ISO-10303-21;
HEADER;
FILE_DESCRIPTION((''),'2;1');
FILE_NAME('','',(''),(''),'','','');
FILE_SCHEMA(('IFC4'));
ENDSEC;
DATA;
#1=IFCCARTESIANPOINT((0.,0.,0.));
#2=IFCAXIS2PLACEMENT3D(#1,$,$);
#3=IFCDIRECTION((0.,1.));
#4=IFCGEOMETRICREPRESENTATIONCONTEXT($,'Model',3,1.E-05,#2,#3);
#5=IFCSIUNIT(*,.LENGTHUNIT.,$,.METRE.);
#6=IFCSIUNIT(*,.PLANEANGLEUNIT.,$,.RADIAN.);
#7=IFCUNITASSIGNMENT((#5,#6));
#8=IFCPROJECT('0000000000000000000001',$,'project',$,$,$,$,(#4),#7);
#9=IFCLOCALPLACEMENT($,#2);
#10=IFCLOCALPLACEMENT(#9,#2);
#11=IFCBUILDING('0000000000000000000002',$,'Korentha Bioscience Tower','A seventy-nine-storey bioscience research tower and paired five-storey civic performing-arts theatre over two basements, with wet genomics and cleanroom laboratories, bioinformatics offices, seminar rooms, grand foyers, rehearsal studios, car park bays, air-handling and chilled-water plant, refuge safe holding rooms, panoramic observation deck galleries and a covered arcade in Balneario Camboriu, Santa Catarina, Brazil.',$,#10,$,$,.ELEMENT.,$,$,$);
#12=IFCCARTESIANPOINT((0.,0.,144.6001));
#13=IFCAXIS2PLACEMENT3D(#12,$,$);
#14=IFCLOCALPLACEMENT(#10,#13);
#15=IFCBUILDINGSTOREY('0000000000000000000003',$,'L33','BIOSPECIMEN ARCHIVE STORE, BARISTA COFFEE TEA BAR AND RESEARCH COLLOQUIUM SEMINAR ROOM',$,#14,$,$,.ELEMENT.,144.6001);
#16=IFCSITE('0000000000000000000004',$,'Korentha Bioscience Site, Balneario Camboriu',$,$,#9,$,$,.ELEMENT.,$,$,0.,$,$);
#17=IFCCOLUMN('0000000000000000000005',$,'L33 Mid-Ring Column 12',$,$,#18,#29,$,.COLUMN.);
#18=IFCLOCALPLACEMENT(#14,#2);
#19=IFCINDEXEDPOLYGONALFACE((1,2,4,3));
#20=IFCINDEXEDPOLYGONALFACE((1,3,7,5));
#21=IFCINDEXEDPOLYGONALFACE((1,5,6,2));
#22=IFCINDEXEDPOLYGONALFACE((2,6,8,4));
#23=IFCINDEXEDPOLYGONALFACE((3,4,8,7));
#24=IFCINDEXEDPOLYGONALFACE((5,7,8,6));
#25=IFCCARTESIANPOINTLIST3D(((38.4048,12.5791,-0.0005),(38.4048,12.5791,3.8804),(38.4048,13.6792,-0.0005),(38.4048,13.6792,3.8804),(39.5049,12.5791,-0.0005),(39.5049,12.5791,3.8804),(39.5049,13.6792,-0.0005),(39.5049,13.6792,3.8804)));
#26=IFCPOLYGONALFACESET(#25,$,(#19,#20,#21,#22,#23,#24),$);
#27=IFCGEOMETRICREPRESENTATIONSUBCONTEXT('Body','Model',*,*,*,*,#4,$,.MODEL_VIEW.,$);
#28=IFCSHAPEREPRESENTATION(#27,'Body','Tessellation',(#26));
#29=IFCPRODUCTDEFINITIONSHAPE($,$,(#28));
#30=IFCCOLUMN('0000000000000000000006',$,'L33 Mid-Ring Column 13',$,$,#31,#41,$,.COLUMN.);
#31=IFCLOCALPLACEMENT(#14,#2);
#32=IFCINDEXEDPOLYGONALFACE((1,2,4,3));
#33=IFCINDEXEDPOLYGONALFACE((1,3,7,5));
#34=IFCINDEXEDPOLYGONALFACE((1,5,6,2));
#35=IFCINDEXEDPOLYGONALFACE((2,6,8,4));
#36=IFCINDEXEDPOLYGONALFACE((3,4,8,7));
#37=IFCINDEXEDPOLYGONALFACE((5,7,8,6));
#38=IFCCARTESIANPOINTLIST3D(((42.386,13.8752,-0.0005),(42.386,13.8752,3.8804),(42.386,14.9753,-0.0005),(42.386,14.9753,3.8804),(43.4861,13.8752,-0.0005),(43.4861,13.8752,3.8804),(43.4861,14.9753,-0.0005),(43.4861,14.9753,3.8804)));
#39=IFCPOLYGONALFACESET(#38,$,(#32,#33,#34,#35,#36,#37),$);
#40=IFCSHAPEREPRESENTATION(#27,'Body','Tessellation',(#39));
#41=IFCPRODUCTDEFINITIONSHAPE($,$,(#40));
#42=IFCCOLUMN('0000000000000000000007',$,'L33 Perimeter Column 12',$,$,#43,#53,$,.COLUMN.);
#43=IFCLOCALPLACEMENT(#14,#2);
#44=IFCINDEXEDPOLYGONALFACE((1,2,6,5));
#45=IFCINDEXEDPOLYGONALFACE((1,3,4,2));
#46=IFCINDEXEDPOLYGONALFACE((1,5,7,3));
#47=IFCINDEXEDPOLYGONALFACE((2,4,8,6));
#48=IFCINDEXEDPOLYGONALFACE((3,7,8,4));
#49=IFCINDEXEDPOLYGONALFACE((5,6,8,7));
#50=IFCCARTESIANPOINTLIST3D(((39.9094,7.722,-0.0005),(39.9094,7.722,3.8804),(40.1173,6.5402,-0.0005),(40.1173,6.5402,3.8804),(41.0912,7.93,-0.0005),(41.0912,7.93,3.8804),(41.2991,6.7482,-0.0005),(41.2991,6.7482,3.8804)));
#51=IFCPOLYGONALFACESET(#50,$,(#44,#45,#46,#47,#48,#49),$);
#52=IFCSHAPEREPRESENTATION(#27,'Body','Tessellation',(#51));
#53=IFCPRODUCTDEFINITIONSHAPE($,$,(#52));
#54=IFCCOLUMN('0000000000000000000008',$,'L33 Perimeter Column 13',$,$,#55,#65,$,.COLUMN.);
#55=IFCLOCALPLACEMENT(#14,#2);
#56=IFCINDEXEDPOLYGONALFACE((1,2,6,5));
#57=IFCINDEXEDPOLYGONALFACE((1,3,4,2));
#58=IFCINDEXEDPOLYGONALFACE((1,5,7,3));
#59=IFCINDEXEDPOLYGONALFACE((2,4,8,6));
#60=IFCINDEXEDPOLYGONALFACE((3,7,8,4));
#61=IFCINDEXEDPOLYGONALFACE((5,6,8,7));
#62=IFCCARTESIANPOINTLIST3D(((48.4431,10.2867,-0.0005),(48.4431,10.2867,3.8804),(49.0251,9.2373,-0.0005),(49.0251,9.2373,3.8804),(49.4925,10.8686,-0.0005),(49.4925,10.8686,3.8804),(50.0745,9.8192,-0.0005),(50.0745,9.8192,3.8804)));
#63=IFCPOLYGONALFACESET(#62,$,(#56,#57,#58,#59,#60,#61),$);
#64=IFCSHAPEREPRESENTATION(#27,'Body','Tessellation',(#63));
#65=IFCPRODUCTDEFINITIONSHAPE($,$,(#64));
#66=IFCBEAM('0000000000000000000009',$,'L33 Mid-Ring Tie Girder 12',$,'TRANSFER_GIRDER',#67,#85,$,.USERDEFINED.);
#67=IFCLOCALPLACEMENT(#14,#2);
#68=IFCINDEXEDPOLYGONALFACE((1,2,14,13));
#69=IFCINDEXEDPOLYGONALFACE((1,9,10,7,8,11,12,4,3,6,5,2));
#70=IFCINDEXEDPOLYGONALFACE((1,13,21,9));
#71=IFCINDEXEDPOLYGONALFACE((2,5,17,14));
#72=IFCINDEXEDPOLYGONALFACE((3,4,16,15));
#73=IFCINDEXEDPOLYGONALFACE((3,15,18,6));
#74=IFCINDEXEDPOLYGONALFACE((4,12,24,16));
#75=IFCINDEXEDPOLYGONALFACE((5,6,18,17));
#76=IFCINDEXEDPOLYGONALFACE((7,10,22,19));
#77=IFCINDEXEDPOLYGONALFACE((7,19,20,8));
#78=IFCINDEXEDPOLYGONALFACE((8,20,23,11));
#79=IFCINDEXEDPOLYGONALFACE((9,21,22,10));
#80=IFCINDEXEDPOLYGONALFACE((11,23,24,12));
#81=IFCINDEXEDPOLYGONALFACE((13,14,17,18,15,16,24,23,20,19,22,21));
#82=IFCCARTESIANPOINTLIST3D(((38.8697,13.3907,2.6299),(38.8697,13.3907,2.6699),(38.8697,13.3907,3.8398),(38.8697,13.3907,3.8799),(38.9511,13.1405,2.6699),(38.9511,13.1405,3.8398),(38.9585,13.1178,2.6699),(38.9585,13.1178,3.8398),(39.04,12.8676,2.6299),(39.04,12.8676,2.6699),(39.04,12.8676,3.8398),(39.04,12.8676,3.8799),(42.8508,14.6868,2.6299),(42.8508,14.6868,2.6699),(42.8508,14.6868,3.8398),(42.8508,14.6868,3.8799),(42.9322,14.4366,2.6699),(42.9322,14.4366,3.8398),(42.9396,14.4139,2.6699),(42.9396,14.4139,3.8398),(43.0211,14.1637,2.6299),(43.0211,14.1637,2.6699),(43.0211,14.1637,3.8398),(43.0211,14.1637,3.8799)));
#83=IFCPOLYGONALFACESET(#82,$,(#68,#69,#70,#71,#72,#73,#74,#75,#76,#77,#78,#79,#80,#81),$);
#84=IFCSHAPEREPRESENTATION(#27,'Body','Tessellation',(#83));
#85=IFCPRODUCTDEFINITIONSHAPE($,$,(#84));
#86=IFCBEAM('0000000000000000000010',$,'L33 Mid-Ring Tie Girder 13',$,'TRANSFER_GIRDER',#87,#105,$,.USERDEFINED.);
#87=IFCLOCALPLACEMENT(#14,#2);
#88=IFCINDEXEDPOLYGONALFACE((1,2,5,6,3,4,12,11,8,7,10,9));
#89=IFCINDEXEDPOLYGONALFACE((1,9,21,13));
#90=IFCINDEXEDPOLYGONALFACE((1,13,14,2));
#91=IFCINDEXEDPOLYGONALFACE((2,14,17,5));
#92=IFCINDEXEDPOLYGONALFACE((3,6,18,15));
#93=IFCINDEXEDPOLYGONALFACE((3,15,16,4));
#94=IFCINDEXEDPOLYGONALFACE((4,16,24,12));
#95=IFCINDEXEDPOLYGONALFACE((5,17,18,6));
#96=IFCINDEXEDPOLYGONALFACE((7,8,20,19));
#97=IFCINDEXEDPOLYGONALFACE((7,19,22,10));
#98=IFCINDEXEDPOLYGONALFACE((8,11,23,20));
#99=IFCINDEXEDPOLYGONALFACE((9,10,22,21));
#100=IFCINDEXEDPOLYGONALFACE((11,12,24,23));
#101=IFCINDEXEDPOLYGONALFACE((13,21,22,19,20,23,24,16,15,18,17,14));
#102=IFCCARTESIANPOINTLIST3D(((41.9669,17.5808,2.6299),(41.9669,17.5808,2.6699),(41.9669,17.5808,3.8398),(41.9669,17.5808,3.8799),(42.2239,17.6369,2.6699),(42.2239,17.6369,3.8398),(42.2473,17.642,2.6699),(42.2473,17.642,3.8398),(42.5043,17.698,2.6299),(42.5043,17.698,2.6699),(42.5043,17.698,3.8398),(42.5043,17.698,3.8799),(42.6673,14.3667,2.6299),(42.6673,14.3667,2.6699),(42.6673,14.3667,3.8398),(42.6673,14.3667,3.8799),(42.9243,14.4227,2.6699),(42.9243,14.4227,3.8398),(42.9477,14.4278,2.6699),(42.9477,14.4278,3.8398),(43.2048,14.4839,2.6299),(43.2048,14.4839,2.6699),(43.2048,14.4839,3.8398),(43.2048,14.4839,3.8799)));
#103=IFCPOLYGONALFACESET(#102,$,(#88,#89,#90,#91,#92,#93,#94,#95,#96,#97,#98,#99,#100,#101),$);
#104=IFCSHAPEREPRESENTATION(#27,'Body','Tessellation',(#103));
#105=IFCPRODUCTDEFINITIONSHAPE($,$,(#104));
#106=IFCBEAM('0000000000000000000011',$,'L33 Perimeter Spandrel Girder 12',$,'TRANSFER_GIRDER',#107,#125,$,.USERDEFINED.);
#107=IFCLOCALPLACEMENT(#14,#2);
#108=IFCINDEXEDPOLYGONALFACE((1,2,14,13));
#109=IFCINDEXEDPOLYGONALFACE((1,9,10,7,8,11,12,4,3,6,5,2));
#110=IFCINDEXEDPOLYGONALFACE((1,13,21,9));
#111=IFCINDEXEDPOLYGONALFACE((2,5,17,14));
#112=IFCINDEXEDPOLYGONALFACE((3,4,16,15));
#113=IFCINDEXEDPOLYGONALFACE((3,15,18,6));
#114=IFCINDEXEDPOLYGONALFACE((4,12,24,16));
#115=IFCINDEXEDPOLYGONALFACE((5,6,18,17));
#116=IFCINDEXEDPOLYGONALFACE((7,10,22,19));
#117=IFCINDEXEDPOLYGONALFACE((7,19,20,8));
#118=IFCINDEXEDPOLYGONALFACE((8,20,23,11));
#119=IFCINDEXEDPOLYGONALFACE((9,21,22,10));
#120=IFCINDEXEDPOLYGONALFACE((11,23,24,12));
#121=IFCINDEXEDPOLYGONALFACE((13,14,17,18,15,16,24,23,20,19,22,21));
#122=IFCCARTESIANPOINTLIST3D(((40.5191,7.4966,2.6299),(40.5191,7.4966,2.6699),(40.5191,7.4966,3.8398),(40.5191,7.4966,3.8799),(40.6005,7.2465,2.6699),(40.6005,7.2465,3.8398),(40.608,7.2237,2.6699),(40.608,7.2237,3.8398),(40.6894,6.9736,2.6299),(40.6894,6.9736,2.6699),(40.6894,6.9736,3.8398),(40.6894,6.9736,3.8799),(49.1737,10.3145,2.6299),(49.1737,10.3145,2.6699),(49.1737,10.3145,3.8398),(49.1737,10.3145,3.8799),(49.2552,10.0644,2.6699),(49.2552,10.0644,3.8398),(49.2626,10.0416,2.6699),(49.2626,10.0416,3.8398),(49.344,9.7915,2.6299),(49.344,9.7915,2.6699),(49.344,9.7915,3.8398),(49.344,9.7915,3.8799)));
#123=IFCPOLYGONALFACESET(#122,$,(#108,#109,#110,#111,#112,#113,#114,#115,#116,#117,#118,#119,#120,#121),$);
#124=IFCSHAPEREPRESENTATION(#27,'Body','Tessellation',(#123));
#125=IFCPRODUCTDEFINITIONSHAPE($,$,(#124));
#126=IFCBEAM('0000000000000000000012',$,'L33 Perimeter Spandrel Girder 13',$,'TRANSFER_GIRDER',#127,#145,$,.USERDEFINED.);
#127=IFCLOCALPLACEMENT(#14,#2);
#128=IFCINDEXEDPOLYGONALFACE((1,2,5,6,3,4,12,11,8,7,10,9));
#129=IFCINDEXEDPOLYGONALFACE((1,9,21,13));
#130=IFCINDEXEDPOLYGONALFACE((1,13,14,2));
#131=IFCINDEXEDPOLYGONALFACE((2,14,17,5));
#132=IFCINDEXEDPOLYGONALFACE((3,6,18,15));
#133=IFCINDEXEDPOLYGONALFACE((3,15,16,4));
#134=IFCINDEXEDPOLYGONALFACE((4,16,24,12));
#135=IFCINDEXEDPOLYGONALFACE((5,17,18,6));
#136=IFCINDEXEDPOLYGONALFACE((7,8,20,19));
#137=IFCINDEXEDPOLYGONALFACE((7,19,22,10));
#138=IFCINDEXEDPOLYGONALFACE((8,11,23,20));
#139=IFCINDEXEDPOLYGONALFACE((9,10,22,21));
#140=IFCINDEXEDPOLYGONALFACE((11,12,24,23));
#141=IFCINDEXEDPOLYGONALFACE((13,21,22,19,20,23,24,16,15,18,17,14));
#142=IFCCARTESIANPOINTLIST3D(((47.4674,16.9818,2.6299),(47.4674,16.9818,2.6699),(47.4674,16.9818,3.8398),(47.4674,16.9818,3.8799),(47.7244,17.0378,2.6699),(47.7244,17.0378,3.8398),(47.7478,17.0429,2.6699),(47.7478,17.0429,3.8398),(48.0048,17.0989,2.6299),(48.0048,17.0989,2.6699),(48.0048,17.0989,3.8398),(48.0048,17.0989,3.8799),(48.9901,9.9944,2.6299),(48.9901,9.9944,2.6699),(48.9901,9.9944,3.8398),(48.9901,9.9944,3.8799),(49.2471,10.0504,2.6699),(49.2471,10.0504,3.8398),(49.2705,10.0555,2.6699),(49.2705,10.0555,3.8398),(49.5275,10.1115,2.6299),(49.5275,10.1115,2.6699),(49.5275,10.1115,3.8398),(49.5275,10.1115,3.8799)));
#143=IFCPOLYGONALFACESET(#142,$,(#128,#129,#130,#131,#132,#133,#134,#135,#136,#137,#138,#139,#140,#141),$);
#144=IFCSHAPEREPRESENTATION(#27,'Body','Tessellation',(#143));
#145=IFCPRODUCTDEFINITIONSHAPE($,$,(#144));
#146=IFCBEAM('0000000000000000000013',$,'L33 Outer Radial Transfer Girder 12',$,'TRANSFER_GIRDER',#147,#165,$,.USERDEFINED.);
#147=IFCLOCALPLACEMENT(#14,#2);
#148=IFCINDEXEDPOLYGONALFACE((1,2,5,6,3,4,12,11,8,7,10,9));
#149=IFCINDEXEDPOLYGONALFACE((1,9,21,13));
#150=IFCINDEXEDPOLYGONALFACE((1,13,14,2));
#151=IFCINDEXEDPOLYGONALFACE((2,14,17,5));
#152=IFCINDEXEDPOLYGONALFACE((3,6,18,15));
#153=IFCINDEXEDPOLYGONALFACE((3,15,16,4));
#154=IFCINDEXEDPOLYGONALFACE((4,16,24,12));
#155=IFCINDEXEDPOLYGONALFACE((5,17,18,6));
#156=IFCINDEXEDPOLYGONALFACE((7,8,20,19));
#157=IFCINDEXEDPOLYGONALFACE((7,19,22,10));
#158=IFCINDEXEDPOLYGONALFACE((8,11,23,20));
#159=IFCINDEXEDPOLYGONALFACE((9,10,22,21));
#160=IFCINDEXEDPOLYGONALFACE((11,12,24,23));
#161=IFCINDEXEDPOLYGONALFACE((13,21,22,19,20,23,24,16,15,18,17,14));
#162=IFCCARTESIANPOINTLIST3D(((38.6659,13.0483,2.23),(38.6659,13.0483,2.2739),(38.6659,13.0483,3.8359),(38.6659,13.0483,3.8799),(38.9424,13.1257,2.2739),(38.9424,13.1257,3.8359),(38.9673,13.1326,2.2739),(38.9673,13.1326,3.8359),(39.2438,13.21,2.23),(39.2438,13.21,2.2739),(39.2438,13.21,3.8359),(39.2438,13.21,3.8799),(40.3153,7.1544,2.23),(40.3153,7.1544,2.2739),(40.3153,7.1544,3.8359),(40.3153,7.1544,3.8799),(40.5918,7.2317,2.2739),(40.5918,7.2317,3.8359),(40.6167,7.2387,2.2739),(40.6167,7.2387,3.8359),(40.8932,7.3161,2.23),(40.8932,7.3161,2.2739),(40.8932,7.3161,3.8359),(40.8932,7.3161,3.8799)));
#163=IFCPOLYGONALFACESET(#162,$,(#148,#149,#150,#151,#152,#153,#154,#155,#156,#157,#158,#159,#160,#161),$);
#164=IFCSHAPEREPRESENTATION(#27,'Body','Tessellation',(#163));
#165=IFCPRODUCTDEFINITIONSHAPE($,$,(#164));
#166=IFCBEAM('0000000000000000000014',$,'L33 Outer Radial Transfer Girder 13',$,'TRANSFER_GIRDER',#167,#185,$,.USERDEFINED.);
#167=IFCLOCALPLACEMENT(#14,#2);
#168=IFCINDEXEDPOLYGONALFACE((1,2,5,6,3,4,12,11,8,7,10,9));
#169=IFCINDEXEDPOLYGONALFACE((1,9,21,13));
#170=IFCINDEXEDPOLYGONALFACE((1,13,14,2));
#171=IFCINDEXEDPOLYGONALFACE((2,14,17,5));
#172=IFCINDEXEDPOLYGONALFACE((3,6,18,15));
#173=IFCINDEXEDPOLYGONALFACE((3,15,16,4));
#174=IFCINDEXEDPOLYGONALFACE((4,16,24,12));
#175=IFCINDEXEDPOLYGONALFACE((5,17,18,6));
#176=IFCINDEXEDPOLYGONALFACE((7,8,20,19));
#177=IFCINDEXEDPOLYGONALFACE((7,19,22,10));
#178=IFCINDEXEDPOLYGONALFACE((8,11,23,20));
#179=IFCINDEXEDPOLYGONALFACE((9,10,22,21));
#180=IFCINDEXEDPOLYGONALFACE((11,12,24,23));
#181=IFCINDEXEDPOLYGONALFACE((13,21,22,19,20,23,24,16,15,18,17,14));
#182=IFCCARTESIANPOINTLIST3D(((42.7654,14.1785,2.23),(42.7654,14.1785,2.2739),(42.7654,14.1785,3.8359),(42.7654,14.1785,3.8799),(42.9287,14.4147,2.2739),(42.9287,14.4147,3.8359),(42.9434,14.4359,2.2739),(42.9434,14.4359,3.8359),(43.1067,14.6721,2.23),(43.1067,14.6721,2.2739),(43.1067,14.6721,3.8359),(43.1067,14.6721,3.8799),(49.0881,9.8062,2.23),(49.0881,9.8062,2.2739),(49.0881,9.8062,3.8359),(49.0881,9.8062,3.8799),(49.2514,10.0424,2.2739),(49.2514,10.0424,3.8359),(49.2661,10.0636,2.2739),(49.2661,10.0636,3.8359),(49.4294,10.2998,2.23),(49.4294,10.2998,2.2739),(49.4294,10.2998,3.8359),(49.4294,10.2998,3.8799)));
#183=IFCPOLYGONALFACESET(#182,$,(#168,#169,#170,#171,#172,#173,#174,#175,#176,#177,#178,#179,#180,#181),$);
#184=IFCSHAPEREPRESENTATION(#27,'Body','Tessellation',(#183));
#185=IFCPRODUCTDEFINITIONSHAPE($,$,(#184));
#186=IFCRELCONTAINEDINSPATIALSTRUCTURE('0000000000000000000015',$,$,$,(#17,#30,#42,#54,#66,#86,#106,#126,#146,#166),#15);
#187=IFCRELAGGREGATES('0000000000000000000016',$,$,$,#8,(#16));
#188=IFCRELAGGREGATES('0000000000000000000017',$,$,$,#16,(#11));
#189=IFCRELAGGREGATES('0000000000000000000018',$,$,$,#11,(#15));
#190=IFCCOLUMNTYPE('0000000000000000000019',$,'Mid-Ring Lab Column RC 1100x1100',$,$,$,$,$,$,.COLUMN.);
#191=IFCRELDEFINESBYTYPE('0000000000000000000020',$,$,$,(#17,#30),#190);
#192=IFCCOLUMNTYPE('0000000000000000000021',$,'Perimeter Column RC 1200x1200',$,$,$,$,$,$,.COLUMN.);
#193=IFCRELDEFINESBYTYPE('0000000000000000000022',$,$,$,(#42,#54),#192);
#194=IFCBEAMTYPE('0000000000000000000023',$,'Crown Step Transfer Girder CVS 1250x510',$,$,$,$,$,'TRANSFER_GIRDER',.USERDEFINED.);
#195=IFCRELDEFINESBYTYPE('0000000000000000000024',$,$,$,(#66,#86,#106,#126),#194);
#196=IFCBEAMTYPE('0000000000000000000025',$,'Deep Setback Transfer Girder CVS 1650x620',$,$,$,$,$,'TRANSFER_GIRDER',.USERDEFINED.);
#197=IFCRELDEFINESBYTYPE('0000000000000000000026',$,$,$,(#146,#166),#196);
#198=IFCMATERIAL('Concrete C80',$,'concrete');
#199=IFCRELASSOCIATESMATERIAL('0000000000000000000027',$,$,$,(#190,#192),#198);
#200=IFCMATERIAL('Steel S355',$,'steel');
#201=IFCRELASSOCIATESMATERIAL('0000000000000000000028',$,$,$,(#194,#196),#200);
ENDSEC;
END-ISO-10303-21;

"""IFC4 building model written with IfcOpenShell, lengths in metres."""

from ifc_helpers import new_model, si_unit, direction, frame, origin, origin_2d, place, context, subcontext, project, spatial, rectangle, i_section, extrude, material, material_profile, profile_set, type_object, element, save


model = new_model("IFC4")

# Units and contexts
model_context = context("Model", 3, precision=1e-05, world=origin(), true_north=direction((0.0, 1.0)))
body_context = subcontext(model_context, "Body", "Model", "MODEL_VIEW")
ifc_project = project(units=[si_unit("LENGTHUNIT", "METRE"), si_unit("PLANEANGLEUNIT", "RADIAN")], contexts=[model_context])

# Site, building, storey
site_placement = place(None, origin())
site = spatial("IfcSite", under=ifc_project, at=site_placement, Name="Korentha Bioscience Site, Balneario Camboriu", CompositionType="ELEMENT", RefElevation=0.0)
building_placement = place(site_placement, origin())
building = spatial("IfcBuilding", under=site, at=building_placement, Name="Korentha Bioscience Tower", Description="A seventy-nine-storey bioscience research tower and paired five-storey civic performing-arts theatre over two basements, with wet genomics and cleanroom laboratories, bioinformatics offices, seminar rooms, grand foyers, rehearsal studios, car park bays, air-handling and chilled-water plant, refuge safe holding rooms, panoramic observation deck galleries and a covered arcade in Balneario Camboriu, Santa Catarina, Brazil.", CompositionType="ELEMENT")
storey_placement = place(building_placement, frame((0.0, 0.0, 144.6001)))
storey = spatial("IfcBuildingStorey", under=building, at=storey_placement, Name="L33", Description="BIOSPECIMEN ARCHIVE STORE, BARISTA COFFEE TEA BAR AND RESEARCH COLLOQUIUM SEMINAR ROOM", CompositionType="ELEMENT", Elevation=144.6001)

# Columns
ifc_material_1 = material(Name="Concrete C80", Category="concrete")
ifc_material_profile_1 = material_profile(ifc_material_1, rectangle(XDim=1.1001, YDim=1.1001, at=origin_2d()), Name="Concrete C80")
ifc_profile_set_1 = profile_set([ifc_material_profile_1], Name="Concrete C80 (COL-MR11)")
column_type_1 = type_object("IfcColumnType", Name="Mid-Ring Lab Column RC 1100x1100", PredefinedType="COLUMN", material=ifc_profile_set_1)
for number, where, z_axis, x_axis, name in (
    (1, (38.9548, 13.1292, -0.0005), (0.0, 0.0, 1.0), (1.0, 0.0, 0.0), "L33 Mid-Ring Column 12"),
    (2, (42.936, 14.4253, -0.0005), (0.0, 0.0, 1.0), (1.0, 0.0, 0.0), "L33 Mid-Ring Column 13"),
):
    element("IfcColumn", number, at=place(storey_placement, frame(where, z_axis=z_axis, x_axis=x_axis)), inside=storey, type_object=column_type_1, Name=name, PredefinedType="COLUMN", context=body_context, shape_type="SweptSolid", body=[
        extrude(rectangle(XDim=1.1001, YDim=1.1001, at=origin_2d()), origin(), (0.0, 0.0, 1.0), 3.8809),
    ])
ifc_material_profile_2 = material_profile(ifc_material_1, rectangle(XDim=1.2, YDim=1.2, at=origin_2d()), Name="Concrete C80")
ifc_profile_set_2 = profile_set([ifc_material_profile_2], Name="Concrete C80 (COL-P12)")
column_type_2 = type_object("IfcColumnType", Name="Perimeter Column RC 1200x1200", PredefinedType="COLUMN", material=ifc_profile_set_2)
for number, where, z_axis, x_axis, name in (
    (3, (40.6042, 7.2351, -0.0005), (0.0, 0.0, 1.0), (0.984868, 0.173304, 0.0), "L33 Perimeter Column 12"),
    (4, (49.2588, 10.053, -0.0005), (0.0, 0.0, 1.0), (0.874535, 0.484962, 0.0), "L33 Perimeter Column 13"),
):
    element("IfcColumn", number, at=place(storey_placement, frame(where, z_axis=z_axis, x_axis=x_axis)), inside=storey, type_object=column_type_2, Name=name, PredefinedType="COLUMN", context=body_context, shape_type="SweptSolid", body=[
        extrude(rectangle(XDim=1.2, YDim=1.2, at=origin_2d()), origin(), (0.0, 0.0, 1.0), 3.8809),
    ])

# Beams
ifc_material_2 = material(Name="Steel S355", Category="steel")
ifc_material_profile_3 = material_profile(ifc_material_2, i_section(OverallWidth=0.55, OverallDepth=1.25, WebThickness=0.0239, FlangeThickness=0.04, at=origin_2d()), Name="Steel S355")
ifc_profile_set_3 = profile_set([ifc_material_profile_3], Name="Steel S355 (TG-03)")
beam_type_1 = type_object("IfcBeamType", Name="Crown Step Transfer Girder CVS 1250x510", ElementType="TRANSFER_GIRDER", PredefinedType="USERDEFINED", material=ifc_profile_set_3)
beam_1_placement = place(storey_placement, frame((38.9548, 13.1292, 3.2549), z_axis=(0.950876, 0.309573, 0.0), x_axis=(-0.309573, 0.950876, 0.0)))
element("IfcBeam", 5, at=beam_1_placement, inside=storey, type_object=beam_type_1, Name="L33 Mid-Ring Tie Girder 12", ObjectType="TRANSFER_GIRDER", PredefinedType="USERDEFINED", context=body_context, shape_type="SweptSolid", body=[
    extrude(i_section(OverallWidth=0.55, OverallDepth=1.25, WebThickness=0.0239, FlangeThickness=0.04, at=origin_2d()), origin(), (0.0, 0.0, 1.0), 4.1868),
])
beam_2_placement = place(storey_placement, frame((42.936, 14.4253, 3.2549), z_axis=(-0.212929, 0.977068, 0.0), x_axis=(-0.977068, -0.212929, 0.0)))
element("IfcBeam", 6, at=beam_2_placement, inside=storey, type_object=beam_type_1, Name="L33 Mid-Ring Tie Girder 13", ObjectType="TRANSFER_GIRDER", PredefinedType="USERDEFINED", context=body_context, shape_type="SweptSolid", body=[
    extrude(i_section(OverallWidth=0.55, OverallDepth=1.25, WebThickness=0.0239, FlangeThickness=0.04, at=origin_2d()), origin(), (0.0, 0.0, 1.0), 3.2896),
])
beam_3_placement = place(storey_placement, frame((40.6042, 7.2351, 3.2549), z_axis=(0.950868, 0.309597, 0.0), x_axis=(-0.309597, 0.950868, 0.0)))
element("IfcBeam", 7, at=beam_3_placement, inside=storey, type_object=beam_type_1, Name="L33 Perimeter Spandrel Girder 12", ObjectType="TRANSFER_GIRDER", PredefinedType="USERDEFINED", context=body_context, shape_type="SweptSolid", body=[
    extrude(i_section(OverallWidth=0.55, OverallDepth=1.25, WebThickness=0.0239, FlangeThickness=0.04, at=origin_2d()), origin(), (0.0, 0.0, 1.0), 9.1018),
])
beam_4_placement = place(storey_placement, frame((49.2588, 10.053, 3.2549), z_axis=(-0.212927, 0.977068, 0.0), x_axis=(-0.977068, -0.212927, 0.0)))
element("IfcBeam", 8, at=beam_4_placement, inside=storey, type_object=beam_type_1, Name="L33 Perimeter Spandrel Girder 13", ObjectType="TRANSFER_GIRDER", PredefinedType="USERDEFINED", context=body_context, shape_type="SweptSolid", body=[
    extrude(i_section(OverallWidth=0.55, OverallDepth=1.25, WebThickness=0.0239, FlangeThickness=0.04, at=origin_2d()), origin(), (0.0, 0.0, 1.0), 7.1514),
])
ifc_material_profile_4 = material_profile(ifc_material_2, i_section(OverallWidth=0.6001, OverallDepth=1.6499, WebThickness=0.0259, FlangeThickness=0.0439, at=origin_2d()), Name="Steel S355")
ifc_profile_set_4 = profile_set([ifc_material_profile_4], Name="Steel S355 (TG-04)")
beam_type_2 = type_object("IfcBeamType", Name="Deep Setback Transfer Girder CVS 1650x620", ElementType="TRANSFER_GIRDER", PredefinedType="USERDEFINED", material=ifc_profile_set_4)
beam_5_placement = place(storey_placement, frame((38.9548, 13.1292, 3.0549), z_axis=(0.269491, -0.963003, 0.0), x_axis=(0.963003, 0.269491, 0.0)))
element("IfcBeam", 9, at=beam_5_placement, inside=storey, type_object=beam_type_2, Name="L33 Outer Radial Transfer Girder 12", ObjectType="TRANSFER_GIRDER", PredefinedType="USERDEFINED", context=body_context, shape_type="SweptSolid", body=[
    extrude(i_section(OverallWidth=0.6001, OverallDepth=1.6499, WebThickness=0.0259, FlangeThickness=0.0439, at=origin_2d()), origin(), (0.0, 0.0, 1.0), 6.1204),
])
beam_6_placement = place(storey_placement, frame((42.936, 14.4253, 3.0549), z_axis=(0.822495, -0.568772, 0.0), x_axis=(0.568772, 0.822495, 0.0)))
element("IfcBeam", 10, at=beam_6_placement, inside=storey, type_object=beam_type_2, Name="L33 Outer Radial Transfer Girder 13", ObjectType="TRANSFER_GIRDER", PredefinedType="USERDEFINED", context=body_context, shape_type="SweptSolid", body=[
    extrude(i_section(OverallWidth=0.6001, OverallDepth=1.6499, WebThickness=0.0259, FlangeThickness=0.0439, at=origin_2d()), origin(), (0.0, 0.0, 1.0), 7.6873),
])

save(model, "model.ifc")
